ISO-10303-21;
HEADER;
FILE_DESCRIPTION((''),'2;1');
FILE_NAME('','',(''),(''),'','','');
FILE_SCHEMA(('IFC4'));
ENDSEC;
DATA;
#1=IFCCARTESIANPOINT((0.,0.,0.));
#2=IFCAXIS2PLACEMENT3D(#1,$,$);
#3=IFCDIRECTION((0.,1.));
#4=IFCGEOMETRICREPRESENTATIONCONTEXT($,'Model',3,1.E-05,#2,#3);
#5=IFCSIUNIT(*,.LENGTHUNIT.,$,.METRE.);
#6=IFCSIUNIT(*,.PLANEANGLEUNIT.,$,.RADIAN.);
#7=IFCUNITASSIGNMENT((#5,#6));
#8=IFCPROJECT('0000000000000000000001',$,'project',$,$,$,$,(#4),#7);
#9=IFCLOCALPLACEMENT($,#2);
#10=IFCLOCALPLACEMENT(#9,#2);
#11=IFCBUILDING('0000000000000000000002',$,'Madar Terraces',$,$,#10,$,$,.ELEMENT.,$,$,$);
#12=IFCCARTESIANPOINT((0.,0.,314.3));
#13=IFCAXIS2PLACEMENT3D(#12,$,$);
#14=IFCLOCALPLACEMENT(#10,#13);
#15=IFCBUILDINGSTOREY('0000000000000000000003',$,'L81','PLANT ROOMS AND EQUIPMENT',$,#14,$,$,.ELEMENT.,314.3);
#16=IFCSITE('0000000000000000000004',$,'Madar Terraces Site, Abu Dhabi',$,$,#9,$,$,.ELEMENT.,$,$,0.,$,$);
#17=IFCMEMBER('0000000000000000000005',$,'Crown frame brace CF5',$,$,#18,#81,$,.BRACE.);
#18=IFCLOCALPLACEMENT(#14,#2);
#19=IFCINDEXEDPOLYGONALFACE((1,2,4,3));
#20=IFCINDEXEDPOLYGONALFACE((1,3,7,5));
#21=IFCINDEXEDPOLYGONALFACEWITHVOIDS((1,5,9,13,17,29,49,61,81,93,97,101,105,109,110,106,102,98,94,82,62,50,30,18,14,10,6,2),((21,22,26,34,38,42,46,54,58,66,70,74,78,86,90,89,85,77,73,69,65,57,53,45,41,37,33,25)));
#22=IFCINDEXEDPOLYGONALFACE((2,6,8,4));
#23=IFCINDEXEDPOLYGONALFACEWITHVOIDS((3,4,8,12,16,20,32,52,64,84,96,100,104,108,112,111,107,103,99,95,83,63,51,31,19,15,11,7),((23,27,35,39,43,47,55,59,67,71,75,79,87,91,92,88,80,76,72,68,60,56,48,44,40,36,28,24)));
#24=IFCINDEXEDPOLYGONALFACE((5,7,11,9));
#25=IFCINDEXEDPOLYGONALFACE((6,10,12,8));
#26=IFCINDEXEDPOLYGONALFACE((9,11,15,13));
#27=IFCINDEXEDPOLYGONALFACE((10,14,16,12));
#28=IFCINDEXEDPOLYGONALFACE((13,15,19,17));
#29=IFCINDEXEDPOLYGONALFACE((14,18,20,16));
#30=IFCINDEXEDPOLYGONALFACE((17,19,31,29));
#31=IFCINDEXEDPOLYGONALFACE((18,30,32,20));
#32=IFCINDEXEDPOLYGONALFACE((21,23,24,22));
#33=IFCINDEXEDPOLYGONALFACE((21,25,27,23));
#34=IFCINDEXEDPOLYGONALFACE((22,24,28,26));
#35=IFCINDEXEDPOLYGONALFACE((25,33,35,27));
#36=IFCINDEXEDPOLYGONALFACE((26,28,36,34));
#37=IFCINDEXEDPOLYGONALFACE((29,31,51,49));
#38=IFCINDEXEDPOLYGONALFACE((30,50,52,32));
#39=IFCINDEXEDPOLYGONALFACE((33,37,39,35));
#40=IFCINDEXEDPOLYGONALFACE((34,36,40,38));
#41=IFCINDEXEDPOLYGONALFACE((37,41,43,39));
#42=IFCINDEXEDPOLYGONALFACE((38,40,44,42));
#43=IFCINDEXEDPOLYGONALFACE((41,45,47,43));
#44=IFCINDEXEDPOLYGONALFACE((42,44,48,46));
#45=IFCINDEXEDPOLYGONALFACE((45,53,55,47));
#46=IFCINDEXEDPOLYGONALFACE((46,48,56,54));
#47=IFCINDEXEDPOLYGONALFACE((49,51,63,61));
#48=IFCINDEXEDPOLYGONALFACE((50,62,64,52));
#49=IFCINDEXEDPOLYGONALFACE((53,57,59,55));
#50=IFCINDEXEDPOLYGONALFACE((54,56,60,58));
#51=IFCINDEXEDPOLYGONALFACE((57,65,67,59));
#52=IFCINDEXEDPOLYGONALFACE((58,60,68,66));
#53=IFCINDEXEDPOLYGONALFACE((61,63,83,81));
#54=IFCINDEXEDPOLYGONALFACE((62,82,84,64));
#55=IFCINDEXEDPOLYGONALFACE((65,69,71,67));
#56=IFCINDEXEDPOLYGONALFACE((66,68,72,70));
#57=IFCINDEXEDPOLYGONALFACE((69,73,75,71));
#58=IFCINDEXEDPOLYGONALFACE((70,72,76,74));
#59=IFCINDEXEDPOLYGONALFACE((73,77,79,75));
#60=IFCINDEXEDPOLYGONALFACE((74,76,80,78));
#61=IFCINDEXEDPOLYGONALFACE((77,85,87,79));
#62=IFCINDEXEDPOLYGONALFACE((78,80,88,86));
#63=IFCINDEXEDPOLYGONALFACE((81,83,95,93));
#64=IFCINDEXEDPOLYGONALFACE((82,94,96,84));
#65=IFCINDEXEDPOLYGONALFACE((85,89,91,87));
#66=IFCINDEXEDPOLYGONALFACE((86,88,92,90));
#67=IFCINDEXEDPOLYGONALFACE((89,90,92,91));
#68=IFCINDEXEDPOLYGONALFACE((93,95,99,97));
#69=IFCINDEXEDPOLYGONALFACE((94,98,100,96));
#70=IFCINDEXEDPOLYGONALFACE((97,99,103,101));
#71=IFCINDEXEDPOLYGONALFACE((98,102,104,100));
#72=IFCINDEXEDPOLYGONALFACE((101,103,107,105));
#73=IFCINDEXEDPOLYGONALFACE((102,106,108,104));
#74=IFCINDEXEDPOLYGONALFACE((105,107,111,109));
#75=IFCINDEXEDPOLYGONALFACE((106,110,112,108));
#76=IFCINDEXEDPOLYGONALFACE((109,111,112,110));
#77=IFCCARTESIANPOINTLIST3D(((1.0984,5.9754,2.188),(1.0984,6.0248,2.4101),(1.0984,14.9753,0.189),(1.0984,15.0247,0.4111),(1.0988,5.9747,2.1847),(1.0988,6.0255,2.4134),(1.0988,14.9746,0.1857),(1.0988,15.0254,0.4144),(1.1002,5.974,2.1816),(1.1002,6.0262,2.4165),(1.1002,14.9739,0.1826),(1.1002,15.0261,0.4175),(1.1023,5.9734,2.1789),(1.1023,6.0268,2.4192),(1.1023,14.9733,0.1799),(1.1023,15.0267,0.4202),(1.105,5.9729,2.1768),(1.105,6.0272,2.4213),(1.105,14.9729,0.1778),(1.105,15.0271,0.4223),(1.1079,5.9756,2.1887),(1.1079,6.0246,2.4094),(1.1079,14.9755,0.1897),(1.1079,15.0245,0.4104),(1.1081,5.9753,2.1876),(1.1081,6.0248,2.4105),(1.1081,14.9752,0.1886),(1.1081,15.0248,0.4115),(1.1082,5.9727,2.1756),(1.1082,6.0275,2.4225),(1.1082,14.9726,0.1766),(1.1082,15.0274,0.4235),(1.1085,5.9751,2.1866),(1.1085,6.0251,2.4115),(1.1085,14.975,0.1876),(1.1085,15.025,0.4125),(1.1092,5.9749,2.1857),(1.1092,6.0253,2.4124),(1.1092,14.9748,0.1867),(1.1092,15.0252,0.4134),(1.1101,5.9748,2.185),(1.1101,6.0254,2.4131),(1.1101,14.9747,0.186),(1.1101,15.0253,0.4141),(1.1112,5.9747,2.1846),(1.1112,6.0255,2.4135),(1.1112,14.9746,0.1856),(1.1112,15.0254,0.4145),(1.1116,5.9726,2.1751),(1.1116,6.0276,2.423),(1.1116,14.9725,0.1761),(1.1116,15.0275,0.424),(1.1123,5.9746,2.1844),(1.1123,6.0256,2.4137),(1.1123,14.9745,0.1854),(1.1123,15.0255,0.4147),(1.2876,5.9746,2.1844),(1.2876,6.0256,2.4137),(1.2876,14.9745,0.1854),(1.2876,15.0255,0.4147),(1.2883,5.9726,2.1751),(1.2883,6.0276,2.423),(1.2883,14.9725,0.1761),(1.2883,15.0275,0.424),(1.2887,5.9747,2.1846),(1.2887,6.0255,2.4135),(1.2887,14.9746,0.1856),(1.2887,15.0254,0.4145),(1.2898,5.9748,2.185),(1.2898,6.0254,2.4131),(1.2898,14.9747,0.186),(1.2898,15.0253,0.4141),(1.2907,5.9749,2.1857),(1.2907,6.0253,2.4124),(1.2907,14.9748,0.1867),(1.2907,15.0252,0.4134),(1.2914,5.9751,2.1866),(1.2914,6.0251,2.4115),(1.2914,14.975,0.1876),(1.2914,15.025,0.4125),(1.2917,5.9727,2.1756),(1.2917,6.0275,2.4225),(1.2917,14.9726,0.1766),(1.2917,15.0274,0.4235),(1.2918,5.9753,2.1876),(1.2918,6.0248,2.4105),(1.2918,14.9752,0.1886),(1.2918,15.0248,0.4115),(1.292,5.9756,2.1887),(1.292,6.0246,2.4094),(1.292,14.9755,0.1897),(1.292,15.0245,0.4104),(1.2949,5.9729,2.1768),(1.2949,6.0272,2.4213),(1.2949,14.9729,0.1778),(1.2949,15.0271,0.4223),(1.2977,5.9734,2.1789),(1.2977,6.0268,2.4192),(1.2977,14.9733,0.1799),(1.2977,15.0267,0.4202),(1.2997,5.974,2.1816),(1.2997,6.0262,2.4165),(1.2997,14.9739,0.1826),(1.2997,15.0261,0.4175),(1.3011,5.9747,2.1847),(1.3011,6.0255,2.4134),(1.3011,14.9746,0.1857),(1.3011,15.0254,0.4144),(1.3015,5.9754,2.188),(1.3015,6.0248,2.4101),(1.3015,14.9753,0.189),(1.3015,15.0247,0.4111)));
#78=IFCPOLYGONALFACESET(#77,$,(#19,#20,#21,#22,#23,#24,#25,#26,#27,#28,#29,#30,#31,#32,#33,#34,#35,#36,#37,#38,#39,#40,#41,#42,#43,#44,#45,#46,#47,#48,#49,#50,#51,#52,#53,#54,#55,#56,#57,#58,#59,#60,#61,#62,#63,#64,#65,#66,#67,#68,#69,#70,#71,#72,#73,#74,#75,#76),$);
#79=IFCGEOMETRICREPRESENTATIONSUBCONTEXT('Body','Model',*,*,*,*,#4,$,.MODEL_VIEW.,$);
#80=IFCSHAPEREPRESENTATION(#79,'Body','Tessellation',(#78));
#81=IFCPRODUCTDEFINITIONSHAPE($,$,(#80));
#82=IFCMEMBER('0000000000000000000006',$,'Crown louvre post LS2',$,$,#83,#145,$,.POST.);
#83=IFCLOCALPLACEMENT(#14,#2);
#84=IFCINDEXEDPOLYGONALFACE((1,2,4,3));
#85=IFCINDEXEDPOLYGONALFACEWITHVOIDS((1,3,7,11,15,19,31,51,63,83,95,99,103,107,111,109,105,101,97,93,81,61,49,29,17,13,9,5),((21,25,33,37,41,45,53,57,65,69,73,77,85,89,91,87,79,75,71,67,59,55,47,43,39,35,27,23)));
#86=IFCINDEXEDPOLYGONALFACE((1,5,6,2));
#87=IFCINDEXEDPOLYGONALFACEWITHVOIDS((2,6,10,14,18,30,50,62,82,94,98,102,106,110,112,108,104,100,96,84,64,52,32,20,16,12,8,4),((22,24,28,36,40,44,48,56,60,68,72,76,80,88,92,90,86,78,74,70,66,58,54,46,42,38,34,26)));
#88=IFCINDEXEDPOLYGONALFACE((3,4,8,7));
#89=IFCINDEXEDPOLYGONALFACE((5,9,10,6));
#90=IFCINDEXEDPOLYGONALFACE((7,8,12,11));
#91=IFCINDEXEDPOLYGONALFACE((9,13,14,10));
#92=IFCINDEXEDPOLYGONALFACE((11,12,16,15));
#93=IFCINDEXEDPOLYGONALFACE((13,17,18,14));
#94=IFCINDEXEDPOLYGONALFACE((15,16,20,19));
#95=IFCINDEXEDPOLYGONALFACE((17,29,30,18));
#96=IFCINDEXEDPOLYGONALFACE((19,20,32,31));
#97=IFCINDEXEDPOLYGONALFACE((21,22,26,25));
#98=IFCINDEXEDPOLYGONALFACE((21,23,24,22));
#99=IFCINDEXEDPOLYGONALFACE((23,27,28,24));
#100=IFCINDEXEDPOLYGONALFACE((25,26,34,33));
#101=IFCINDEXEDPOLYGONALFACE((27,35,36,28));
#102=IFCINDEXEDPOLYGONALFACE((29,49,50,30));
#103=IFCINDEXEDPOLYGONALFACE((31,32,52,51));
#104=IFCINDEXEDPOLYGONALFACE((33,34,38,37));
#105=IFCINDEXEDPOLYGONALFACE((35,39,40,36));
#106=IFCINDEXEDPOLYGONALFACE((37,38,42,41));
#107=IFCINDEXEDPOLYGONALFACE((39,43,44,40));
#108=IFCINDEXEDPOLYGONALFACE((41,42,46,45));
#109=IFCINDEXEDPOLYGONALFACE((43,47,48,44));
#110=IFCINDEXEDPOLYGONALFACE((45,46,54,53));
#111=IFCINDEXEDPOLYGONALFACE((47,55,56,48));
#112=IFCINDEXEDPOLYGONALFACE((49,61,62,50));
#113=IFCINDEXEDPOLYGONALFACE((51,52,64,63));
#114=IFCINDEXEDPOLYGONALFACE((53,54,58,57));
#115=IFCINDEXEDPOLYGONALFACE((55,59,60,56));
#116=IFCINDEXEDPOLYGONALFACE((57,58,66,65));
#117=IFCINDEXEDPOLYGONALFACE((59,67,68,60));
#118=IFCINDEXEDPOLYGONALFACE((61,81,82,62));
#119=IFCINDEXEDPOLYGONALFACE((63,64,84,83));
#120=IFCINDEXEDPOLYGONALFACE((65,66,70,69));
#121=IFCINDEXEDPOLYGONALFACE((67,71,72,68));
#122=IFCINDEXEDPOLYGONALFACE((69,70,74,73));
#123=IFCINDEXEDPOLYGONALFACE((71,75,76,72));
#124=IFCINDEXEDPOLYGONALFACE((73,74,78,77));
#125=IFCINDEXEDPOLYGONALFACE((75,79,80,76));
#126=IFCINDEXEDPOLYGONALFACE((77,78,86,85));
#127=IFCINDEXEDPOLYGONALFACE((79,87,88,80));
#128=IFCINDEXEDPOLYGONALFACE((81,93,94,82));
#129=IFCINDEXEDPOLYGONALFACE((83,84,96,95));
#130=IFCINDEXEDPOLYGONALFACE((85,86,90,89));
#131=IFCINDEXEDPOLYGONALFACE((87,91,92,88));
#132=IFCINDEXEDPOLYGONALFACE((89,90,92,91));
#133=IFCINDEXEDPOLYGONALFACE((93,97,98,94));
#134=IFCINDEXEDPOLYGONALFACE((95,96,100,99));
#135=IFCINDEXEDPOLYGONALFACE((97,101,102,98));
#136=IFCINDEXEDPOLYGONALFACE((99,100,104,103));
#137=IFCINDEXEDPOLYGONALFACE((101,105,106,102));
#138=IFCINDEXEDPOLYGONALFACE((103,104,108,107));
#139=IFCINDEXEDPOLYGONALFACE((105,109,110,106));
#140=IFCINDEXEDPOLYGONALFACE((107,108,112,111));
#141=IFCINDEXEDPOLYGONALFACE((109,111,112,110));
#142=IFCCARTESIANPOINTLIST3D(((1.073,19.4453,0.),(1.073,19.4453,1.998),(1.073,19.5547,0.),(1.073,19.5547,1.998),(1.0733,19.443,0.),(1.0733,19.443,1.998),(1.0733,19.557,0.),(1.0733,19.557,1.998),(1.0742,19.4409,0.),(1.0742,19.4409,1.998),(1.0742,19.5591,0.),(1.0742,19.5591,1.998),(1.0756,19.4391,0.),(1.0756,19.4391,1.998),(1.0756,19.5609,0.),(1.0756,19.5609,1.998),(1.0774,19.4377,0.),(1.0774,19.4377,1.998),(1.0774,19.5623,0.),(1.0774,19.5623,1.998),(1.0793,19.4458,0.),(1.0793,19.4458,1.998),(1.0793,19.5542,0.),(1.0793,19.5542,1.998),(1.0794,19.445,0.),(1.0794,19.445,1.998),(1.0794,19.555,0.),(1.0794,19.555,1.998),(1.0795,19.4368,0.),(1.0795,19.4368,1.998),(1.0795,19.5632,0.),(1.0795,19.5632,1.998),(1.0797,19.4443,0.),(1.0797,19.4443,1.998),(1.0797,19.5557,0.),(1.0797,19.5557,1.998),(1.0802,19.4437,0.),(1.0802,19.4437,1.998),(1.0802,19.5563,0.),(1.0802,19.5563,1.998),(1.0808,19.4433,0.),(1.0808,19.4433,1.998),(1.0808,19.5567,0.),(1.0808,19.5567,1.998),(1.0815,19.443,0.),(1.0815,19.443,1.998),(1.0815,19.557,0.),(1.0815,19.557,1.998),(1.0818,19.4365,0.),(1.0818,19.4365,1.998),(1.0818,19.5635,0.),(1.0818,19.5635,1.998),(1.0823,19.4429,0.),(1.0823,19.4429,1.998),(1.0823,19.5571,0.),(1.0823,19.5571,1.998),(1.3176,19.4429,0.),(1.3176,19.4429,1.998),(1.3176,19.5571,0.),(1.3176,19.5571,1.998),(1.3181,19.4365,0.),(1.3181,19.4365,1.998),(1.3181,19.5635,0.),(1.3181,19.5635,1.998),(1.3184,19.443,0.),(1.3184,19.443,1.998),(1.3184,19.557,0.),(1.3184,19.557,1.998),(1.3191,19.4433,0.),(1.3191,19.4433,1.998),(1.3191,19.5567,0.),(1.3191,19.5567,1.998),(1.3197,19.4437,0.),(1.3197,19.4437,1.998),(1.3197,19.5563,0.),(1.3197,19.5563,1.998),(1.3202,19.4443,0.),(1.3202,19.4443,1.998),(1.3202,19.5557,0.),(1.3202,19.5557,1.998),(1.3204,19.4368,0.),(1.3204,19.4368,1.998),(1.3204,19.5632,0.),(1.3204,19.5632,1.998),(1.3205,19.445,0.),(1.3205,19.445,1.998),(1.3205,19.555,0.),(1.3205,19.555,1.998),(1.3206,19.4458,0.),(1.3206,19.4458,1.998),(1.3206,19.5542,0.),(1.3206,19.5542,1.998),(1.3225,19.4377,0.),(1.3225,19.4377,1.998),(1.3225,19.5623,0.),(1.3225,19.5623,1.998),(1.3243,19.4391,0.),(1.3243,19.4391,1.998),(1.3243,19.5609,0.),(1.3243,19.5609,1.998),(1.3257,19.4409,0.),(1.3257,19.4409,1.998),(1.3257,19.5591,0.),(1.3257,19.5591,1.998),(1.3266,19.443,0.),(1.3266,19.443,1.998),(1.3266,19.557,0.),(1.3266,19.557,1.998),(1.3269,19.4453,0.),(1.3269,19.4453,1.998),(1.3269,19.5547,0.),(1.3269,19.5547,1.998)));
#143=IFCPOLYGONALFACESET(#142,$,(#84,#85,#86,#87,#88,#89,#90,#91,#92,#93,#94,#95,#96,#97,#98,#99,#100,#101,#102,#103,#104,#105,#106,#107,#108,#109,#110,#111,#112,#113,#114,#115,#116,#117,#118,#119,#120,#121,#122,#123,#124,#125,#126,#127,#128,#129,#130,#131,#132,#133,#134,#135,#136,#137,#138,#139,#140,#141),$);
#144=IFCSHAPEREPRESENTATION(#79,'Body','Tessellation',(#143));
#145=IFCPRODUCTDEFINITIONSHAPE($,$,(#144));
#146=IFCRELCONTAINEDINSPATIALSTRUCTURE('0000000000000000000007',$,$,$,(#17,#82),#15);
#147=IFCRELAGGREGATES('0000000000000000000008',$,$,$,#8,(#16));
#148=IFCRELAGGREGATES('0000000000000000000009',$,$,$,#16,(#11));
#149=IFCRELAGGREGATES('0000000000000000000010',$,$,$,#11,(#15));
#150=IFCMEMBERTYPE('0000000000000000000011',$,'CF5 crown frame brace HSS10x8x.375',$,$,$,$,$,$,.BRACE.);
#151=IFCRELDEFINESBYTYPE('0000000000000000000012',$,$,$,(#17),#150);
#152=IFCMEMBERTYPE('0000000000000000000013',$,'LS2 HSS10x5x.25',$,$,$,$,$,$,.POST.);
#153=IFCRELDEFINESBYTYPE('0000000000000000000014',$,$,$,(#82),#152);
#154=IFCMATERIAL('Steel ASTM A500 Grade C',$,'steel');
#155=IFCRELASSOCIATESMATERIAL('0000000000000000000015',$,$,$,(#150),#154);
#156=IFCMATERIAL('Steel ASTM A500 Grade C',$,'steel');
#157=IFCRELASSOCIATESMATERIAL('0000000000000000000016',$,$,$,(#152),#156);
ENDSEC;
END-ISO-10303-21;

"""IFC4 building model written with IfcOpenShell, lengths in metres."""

from ifc_helpers import new_model, si_unit, direction, frame, origin, origin_2d, place, context, subcontext, project, spatial, hollow_rectangle, extrude, material, material_profile, profile_set, type_object, element, save


model = new_model("IFC4")

# Units and contexts
model_context = context("Model", 3, precision=1e-05, world=origin(), true_north=direction((0.0, 1.0)))
body_context = subcontext(model_context, "Body", "Model", "MODEL_VIEW")
ifc_project = project(units=[si_unit("LENGTHUNIT", "METRE"), si_unit("PLANEANGLEUNIT", "RADIAN")], contexts=[model_context])

# Site, building, storey
site_placement = place(None, origin())
site = spatial("IfcSite", under=ifc_project, at=site_placement, Name="Madar Terraces Site, Abu Dhabi", CompositionType="ELEMENT", RefElevation=0.0)
building_placement = place(site_placement, origin())
building = spatial("IfcBuilding", under=site, at=building_placement, Name="Madar Terraces", CompositionType="ELEMENT")
storey_placement = place(building_placement, frame((0.0, 0.0, 314.3)))
storey = spatial("IfcBuildingStorey", under=building, at=storey_placement, Name="L81", Description="PLANT ROOMS AND EQUIPMENT", CompositionType="ELEMENT", Elevation=314.3)

# Members
ifc_material_1 = material(Name="Steel ASTM A500 Grade C", Category="steel")
ifc_material_profile_1 = material_profile(ifc_material_1, hollow_rectangle(XDim=0.2031, YDim=0.2539, WallThickness=0.0095, InnerFilletRadius=0.0044, OuterFilletRadius=0.0132, at=origin_2d()), Name="HSS10x8x.375")
ifc_profile_set_1 = profile_set([ifc_material_profile_1], Name="Steel ASTM A500 Grade C")
member_type_1 = type_object("IfcMemberType", Name="CF5 crown frame brace HSS10x8x.375", PredefinedType="BRACE", material=ifc_profile_set_1)
member_1_placement = place(storey_placement, frame((1.2, 15.0, 0.3), z_axis=(0.0, -0.976209, 0.21683), x_axis=(1.0, 0.0, 0.0)))
element("IfcMember", 1, at=member_1_placement, inside=storey, type_object=member_type_1, Name="Crown frame brace CF5", PredefinedType="BRACE", context=body_context, shape_type="SweptSolid", body=[
    extrude(hollow_rectangle(XDim=0.2031, YDim=0.2539, WallThickness=0.0095, InnerFilletRadius=0.0044, OuterFilletRadius=0.0132, at=origin_2d()), origin(), (0.0, 0.0, 1.0), 9.2192),
])
ifc_material_2 = material(Name="Steel ASTM A500 Grade C", Category="steel")
ifc_material_profile_2 = material_profile(ifc_material_2, hollow_rectangle(XDim=0.127, YDim=0.2539, WallThickness=0.0063, InnerFilletRadius=0.0029, OuterFilletRadius=0.0088, at=origin_2d()), Name="HSS10x5x.25")
ifc_profile_set_2 = profile_set([ifc_material_profile_2], Name="Steel ASTM A500 Grade C")
member_type_2 = type_object("IfcMemberType", Name="LS2 HSS10x5x.25", PredefinedType="POST", material=ifc_profile_set_2)
member_2_placement = place(storey_placement, frame((1.2, 19.5, 0.0), z_axis=(0.0, 0.0, 1.0), x_axis=(0.0, -1.0, 0.0)))
element("IfcMember", 2, at=member_2_placement, inside=storey, type_object=member_type_2, Name="Crown louvre post LS2", PredefinedType="POST", context=body_context, shape_type="SweptSolid", body=[
    extrude(hollow_rectangle(XDim=0.127, YDim=0.2539, WallThickness=0.0063, InnerFilletRadius=0.0029, OuterFilletRadius=0.0088, at=origin_2d()), origin(), (0.0, 0.0, 1.0), 1.998),
])

save(model, "model.ifc")
